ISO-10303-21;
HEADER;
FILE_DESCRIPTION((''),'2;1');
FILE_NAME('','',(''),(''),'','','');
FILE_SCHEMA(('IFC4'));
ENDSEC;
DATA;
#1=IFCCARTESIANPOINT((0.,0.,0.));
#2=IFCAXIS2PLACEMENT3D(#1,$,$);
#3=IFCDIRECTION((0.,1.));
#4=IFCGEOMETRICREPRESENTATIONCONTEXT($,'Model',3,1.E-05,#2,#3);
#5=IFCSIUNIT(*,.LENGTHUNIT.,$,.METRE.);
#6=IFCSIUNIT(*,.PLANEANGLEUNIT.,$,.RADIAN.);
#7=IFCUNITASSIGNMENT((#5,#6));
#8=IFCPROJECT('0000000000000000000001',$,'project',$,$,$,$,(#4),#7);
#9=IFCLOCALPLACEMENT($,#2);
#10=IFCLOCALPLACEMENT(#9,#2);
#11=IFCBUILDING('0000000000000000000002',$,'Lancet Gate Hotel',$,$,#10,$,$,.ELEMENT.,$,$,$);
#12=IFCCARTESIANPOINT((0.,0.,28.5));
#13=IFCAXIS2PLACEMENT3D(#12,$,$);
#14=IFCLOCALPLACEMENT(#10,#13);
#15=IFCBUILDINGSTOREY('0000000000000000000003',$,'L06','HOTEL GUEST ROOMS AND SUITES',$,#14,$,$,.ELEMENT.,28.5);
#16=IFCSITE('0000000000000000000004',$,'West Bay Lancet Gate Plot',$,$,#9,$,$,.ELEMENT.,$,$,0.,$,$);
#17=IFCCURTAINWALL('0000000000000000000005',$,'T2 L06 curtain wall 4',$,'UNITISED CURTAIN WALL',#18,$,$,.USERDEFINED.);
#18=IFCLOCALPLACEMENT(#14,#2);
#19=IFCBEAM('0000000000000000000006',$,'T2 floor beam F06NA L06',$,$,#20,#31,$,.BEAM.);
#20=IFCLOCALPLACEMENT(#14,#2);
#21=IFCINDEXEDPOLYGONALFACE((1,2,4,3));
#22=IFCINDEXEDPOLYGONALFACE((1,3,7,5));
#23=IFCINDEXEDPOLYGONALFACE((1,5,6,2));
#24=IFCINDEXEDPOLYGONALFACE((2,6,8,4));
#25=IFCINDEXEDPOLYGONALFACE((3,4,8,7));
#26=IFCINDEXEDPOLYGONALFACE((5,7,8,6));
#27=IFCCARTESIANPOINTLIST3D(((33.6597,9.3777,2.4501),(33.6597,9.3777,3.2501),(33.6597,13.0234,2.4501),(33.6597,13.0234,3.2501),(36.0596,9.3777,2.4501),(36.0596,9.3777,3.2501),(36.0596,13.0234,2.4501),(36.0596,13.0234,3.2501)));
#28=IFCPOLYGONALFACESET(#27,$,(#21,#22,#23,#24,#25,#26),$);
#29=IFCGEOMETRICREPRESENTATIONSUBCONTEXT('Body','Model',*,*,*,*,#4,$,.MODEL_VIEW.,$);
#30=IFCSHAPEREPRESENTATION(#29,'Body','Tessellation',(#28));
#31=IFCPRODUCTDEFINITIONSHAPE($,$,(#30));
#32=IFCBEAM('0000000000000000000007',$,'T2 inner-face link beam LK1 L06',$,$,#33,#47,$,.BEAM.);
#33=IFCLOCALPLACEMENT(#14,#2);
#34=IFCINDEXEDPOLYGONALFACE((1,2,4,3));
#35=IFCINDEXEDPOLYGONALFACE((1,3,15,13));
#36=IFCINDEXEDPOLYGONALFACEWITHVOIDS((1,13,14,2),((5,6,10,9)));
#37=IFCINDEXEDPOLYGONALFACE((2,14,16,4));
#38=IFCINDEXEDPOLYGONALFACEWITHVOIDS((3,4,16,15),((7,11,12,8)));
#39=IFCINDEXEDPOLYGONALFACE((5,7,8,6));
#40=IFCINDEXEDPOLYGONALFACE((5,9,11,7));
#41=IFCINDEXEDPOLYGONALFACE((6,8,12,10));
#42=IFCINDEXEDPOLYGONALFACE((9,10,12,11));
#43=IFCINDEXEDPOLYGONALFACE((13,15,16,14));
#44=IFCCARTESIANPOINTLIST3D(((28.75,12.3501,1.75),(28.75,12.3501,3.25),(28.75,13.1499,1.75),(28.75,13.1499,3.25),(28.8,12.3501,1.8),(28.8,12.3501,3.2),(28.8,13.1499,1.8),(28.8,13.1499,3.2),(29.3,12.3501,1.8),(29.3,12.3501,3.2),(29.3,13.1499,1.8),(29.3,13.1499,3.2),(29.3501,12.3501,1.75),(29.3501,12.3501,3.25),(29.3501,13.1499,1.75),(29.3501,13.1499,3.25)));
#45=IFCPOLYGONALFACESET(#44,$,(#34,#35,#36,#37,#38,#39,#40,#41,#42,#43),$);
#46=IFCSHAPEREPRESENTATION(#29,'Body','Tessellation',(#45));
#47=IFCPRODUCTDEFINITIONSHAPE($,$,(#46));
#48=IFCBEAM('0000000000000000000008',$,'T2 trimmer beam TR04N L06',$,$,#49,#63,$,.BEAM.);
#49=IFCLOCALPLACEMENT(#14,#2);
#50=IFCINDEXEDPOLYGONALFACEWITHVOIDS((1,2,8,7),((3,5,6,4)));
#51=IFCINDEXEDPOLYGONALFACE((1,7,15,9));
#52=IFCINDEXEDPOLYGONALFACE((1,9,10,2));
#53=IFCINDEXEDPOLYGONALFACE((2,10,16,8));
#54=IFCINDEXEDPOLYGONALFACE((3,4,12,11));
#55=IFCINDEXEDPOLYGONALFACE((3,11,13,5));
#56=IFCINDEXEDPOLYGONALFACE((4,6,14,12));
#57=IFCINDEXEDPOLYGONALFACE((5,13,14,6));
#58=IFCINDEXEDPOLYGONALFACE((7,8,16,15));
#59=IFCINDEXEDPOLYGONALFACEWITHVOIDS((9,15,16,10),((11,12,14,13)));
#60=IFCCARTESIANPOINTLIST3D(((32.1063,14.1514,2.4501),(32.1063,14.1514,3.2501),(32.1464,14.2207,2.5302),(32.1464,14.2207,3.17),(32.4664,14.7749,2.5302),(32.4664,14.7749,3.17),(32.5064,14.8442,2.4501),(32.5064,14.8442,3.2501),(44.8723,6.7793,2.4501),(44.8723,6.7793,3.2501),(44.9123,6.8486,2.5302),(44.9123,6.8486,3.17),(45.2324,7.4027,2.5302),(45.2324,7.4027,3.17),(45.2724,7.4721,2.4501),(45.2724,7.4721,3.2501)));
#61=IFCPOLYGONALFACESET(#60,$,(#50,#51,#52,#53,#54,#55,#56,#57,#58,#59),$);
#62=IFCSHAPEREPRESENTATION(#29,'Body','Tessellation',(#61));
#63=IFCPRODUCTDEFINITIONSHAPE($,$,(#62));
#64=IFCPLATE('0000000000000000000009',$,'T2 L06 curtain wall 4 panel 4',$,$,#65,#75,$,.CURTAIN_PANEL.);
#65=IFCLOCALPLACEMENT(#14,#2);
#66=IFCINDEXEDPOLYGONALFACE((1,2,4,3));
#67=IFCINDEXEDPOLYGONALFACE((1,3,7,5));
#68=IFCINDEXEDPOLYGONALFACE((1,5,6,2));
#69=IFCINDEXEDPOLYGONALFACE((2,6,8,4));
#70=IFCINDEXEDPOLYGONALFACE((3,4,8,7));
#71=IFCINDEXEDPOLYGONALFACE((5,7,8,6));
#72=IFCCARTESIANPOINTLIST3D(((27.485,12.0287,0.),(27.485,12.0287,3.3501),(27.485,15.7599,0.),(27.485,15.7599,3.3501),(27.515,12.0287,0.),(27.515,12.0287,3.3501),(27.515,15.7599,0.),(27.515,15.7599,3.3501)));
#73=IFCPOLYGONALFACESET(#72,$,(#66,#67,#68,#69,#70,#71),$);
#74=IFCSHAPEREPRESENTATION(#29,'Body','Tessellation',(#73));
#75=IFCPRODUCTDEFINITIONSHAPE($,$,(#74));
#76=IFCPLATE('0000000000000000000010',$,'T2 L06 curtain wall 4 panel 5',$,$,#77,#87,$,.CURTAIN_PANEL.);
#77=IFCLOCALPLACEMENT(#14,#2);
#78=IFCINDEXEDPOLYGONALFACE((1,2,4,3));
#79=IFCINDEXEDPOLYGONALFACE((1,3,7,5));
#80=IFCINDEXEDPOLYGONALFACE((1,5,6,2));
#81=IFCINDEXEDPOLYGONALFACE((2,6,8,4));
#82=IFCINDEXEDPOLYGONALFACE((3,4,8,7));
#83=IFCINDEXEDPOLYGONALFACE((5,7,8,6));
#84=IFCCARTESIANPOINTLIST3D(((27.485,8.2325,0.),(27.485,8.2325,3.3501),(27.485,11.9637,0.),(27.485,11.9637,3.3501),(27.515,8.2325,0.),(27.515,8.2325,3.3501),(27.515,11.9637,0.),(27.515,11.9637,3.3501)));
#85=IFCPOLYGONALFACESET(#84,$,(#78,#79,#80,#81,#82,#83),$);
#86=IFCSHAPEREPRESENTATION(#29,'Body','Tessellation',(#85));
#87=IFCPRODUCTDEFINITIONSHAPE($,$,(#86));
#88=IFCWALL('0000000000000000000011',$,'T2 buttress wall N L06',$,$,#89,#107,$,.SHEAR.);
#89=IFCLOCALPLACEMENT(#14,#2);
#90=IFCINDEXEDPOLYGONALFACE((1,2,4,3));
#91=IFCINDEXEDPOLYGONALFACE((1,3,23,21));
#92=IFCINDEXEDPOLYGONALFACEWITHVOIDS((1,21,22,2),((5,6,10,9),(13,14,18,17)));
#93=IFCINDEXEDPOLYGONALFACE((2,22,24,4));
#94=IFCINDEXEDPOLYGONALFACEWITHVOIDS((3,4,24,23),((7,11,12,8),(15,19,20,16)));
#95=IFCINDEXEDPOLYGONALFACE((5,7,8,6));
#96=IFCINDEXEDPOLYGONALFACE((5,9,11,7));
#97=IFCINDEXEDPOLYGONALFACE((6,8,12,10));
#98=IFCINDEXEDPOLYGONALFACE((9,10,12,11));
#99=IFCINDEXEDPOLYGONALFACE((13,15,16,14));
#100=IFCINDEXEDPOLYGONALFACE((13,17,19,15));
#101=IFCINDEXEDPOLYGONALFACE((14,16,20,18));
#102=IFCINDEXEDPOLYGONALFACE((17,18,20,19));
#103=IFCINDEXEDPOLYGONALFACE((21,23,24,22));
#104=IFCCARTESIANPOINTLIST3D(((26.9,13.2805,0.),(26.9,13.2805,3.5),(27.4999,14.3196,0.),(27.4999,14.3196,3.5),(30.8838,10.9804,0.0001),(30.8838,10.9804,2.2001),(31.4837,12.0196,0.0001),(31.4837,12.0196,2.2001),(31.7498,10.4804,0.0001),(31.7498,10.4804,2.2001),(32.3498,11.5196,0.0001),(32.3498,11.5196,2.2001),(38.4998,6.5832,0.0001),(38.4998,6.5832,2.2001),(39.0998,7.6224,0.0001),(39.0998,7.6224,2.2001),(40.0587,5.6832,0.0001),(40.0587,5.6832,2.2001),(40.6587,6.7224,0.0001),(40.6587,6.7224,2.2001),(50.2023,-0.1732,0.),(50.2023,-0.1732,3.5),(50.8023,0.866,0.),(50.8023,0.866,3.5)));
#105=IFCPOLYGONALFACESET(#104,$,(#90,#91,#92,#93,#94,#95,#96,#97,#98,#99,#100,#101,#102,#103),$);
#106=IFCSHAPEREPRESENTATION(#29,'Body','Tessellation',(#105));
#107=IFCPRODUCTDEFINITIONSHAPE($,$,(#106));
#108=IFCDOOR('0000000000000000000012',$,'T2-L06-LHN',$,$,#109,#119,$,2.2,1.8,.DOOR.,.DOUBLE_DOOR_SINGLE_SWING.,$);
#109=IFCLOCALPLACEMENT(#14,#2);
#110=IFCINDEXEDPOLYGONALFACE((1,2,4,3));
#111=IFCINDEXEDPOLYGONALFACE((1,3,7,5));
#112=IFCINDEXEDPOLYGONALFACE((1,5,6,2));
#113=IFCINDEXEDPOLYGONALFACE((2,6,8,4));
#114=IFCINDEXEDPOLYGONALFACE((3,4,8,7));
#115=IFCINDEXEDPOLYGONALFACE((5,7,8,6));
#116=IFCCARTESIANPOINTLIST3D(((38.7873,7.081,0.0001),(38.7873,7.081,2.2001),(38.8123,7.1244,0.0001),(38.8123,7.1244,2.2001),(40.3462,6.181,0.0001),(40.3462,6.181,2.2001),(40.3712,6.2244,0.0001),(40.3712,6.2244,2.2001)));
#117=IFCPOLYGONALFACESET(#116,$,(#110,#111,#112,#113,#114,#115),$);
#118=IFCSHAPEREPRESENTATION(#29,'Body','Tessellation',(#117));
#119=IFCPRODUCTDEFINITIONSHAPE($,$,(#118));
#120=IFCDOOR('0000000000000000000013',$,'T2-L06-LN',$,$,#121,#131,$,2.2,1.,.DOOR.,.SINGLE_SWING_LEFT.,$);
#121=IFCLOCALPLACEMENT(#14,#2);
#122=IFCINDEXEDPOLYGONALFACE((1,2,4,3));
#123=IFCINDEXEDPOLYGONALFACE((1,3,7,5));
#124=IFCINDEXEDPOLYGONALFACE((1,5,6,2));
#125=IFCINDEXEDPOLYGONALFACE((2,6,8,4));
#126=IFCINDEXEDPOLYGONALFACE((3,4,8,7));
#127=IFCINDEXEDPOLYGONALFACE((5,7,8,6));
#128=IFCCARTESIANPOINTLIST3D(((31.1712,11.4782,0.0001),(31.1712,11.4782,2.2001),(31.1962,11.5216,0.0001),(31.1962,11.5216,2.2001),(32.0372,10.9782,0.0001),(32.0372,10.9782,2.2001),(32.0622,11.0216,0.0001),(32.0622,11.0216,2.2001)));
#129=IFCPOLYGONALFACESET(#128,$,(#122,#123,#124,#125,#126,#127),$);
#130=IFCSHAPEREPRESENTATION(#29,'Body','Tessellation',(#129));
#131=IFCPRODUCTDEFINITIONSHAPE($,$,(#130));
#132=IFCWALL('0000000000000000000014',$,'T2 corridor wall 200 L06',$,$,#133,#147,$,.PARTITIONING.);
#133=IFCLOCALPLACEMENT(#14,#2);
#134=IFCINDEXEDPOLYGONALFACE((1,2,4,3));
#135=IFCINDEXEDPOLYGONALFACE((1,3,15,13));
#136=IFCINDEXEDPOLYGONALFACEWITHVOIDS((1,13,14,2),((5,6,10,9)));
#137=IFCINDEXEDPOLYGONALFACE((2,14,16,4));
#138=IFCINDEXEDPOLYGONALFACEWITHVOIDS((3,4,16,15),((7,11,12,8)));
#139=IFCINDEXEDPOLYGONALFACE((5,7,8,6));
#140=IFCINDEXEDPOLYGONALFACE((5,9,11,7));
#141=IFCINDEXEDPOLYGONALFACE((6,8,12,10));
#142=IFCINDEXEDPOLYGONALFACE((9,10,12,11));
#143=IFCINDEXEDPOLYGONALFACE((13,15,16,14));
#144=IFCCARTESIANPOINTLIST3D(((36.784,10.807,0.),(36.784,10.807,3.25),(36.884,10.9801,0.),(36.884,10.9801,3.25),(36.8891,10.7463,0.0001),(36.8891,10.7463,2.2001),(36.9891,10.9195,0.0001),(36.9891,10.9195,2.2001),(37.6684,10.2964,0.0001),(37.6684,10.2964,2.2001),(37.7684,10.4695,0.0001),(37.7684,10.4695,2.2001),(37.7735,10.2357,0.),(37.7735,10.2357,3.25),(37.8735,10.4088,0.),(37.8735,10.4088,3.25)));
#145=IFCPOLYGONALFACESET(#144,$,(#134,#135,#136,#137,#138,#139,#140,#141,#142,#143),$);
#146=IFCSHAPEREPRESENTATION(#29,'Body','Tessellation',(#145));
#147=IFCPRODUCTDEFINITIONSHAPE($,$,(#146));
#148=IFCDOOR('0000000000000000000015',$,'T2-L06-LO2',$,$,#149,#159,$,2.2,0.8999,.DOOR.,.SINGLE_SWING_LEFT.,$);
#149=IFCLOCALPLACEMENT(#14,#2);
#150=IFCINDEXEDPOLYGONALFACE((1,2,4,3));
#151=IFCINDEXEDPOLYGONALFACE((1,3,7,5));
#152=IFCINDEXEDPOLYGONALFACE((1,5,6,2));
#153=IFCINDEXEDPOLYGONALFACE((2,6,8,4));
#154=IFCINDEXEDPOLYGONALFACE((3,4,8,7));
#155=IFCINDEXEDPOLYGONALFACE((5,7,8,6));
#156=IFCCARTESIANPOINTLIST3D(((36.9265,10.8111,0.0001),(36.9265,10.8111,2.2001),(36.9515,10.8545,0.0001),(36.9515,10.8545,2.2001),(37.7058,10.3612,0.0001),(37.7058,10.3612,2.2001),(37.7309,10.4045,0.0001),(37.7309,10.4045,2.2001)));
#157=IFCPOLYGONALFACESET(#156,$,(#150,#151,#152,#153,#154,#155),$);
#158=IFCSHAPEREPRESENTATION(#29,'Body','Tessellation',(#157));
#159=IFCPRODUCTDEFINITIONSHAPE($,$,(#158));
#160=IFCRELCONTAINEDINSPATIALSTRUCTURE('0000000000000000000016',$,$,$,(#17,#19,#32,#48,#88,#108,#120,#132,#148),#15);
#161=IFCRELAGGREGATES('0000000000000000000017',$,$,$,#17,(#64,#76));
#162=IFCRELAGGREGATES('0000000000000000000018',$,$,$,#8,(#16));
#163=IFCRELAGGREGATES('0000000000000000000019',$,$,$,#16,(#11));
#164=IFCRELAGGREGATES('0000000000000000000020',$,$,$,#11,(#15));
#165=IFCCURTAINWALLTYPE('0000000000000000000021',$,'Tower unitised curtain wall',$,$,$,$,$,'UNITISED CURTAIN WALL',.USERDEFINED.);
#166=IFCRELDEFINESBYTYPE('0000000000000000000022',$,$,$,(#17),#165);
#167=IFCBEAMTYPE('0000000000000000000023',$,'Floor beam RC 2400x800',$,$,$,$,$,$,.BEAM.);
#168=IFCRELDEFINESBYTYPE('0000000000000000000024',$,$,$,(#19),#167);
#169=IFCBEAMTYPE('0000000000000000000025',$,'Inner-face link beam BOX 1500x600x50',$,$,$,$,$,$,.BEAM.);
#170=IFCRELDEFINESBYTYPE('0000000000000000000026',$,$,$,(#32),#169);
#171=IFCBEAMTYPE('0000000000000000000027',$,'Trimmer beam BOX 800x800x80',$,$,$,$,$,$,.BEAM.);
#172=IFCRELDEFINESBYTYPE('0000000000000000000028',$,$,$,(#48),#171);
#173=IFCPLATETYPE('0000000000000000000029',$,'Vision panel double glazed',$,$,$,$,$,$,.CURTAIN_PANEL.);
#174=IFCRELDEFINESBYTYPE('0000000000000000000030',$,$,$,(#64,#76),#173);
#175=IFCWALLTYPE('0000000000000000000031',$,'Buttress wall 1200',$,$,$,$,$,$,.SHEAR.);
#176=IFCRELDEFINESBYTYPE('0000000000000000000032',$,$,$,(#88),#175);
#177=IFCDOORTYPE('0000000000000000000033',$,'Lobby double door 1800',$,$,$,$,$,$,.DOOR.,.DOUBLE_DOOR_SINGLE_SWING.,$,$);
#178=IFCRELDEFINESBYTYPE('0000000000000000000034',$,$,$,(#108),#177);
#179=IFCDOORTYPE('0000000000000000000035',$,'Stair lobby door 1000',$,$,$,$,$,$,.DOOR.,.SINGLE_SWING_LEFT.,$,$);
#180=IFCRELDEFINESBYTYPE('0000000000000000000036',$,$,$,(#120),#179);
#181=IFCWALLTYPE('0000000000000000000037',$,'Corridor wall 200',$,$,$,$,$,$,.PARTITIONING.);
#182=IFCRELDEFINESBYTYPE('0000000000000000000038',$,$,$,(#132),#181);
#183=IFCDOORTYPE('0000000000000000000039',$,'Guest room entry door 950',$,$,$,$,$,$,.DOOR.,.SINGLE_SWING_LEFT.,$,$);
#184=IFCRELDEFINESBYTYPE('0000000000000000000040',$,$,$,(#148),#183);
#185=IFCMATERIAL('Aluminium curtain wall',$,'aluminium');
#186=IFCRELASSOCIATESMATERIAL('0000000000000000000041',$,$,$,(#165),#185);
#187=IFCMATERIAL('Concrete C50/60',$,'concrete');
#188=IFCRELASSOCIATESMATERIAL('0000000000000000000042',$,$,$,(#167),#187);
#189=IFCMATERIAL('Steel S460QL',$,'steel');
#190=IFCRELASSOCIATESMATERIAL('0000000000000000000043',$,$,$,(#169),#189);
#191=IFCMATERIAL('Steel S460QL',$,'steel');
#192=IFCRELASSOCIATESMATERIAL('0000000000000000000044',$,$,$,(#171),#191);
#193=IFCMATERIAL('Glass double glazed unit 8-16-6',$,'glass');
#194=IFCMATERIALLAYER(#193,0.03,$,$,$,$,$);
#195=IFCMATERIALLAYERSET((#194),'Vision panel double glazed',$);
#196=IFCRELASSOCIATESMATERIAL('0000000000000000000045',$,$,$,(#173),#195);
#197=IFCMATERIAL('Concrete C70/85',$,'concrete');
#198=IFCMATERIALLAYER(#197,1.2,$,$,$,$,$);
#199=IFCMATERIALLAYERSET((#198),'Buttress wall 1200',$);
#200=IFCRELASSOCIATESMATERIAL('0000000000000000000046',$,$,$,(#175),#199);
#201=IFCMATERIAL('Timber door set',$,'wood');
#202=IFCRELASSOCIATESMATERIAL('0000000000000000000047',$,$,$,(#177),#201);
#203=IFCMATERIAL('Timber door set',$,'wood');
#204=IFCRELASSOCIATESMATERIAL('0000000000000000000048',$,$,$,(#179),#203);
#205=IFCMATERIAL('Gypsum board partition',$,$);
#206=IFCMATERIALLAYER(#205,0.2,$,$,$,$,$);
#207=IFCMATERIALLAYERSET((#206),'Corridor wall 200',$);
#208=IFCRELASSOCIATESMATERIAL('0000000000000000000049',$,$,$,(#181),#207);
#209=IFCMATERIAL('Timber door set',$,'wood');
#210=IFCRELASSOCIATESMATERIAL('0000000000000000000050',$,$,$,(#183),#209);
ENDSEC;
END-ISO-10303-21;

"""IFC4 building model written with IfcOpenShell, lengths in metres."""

from ifc_helpers import new_model, si_unit, direction, frame, frame_2d, origin, origin_2d, place, context, subcontext, project, spatial, rectangle, hollow_rectangle, extrude, material, layer, layer_set, material_profile, profile_set, type_object, element, fill, aggregate, save


model = new_model("IFC4")

# Units and contexts
model_context = context("Model", 3, precision=1e-05, world=origin(), true_north=direction((0.0, 1.0)))
body_context = subcontext(model_context, "Body", "Model", "MODEL_VIEW")
ifc_project = project(units=[si_unit("LENGTHUNIT", "METRE"), si_unit("PLANEANGLEUNIT", "RADIAN")], contexts=[model_context])

# Site, building, storey
site_placement = place(None, origin())
site = spatial("IfcSite", under=ifc_project, at=site_placement, Name="West Bay Lancet Gate Plot", CompositionType="ELEMENT", RefElevation=0.0)
building_placement = place(site_placement, origin())
building = spatial("IfcBuilding", under=site, at=building_placement, Name="Lancet Gate Hotel", CompositionType="ELEMENT")
storey_placement = place(building_placement, frame((0.0, 0.0, 28.5)))
storey = spatial("IfcBuildingStorey", under=building, at=storey_placement, Name="L06", Description="HOTEL GUEST ROOMS AND SUITES", CompositionType="ELEMENT", Elevation=28.5)

# Curtain wall
ifc_material_1 = material(Name="Aluminium curtain wall", Category="aluminium")
curtain_wall_type = type_object("IfcCurtainWallType", Name="Tower unitised curtain wall", ElementType="UNITISED CURTAIN WALL", PredefinedType="USERDEFINED", material=ifc_material_1)
curtain_wall_placement = place(storey_placement, origin())
curtain_wall = element("IfcCurtainWall", 1, at=curtain_wall_placement, inside=storey, type_object=curtain_wall_type, Name="T2 L06 curtain wall 4", ObjectType="UNITISED CURTAIN WALL", PredefinedType="USERDEFINED")

# Beams
ifc_material_2 = material(Name="Concrete C50/60", Category="concrete")
ifc_material_profile_1 = material_profile(ifc_material_2, rectangle(XDim=2.3999, YDim=0.8, at=origin_2d()), Name="RC 2400x800")
ifc_profile_set_1 = profile_set([ifc_material_profile_1], Name="Concrete C50/60")
beam_type_1 = type_object("IfcBeamType", Name="Floor beam RC 2400x800", PredefinedType="BEAM", material=ifc_profile_set_1)
beam_1_placement = place(storey_placement, frame((34.8596, 9.3777, 2.8501), z_axis=(0.0, 1.0, 0.0), x_axis=(-1.0, 0.0, 0.0)))
element("IfcBeam", 2, at=beam_1_placement, inside=storey, type_object=beam_type_1, Name="T2 floor beam F06NA L06", PredefinedType="BEAM", context=body_context, shape_type="SweptSolid", body=[
    extrude(rectangle(XDim=2.3999, YDim=0.8, at=origin_2d()), origin(), (0.0, 0.0, 1.0), 3.6458),
])
ifc_material_3 = material(Name="Steel S460QL", Category="steel")
ifc_material_profile_2 = material_profile(ifc_material_3, hollow_rectangle(XDim=0.6001, YDim=1.5, WallThickness=0.05, at=origin_2d()), Name="BOX 1500x600x50")
ifc_profile_set_2 = profile_set([ifc_material_profile_2], Name="Steel S460QL")
beam_type_2 = type_object("IfcBeamType", Name="Inner-face link beam BOX 1500x600x50", PredefinedType="BEAM", material=ifc_profile_set_2)
beam_2_placement = place(storey_placement, frame((29.05, 12.3501, 2.5), z_axis=(0.0, 1.0, 0.0), x_axis=(-1.0, 0.0, 0.0)))
element("IfcBeam", 3, at=beam_2_placement, inside=storey, type_object=beam_type_2, Name="T2 inner-face link beam LK1 L06", PredefinedType="BEAM", context=body_context, shape_type="SweptSolid", body=[
    extrude(hollow_rectangle(XDim=0.6001, YDim=1.5, WallThickness=0.05, at=origin_2d()), origin(), (0.0, 0.0, 1.0), 0.7998),
])
ifc_material_4 = material(Name="Steel S460QL", Category="steel")
ifc_material_profile_3 = material_profile(ifc_material_4, hollow_rectangle(XDim=0.8, YDim=0.8, WallThickness=0.0801, at=origin_2d()), Name="BOX 800x800x80")
ifc_profile_set_3 = profile_set([ifc_material_profile_3], Name="Steel S460QL")
beam_type_3 = type_object("IfcBeamType", Name="Trimmer beam BOX 800x800x80", PredefinedType="BEAM", material=ifc_profile_set_3)
beam_3_placement = place(storey_placement, frame((32.3064, 14.4978, 2.8501), z_axis=(0.865976, -0.500086, 0.0), x_axis=(0.500086, 0.865976, 0.0)))
element("IfcBeam", 4, at=beam_3_placement, inside=storey, type_object=beam_type_3, Name="T2 trimmer beam TR04N L06", PredefinedType="BEAM", context=body_context, shape_type="SweptSolid", body=[
    extrude(hollow_rectangle(XDim=0.8, YDim=0.8, WallThickness=0.0801, at=origin_2d()), origin(), (0.0, 0.0, 1.0), 14.7417),
])

# Plates
ifc_material_5 = material(Name="Glass double glazed unit 8-16-6", Category="glass")
ifc_layer_1 = layer(ifc_material_5, 0.03)
ifc_layer_set_1 = layer_set([ifc_layer_1], Name="Vision panel double glazed")
plate_type = type_object("IfcPlateType", Name="Vision panel double glazed", PredefinedType="CURTAIN_PANEL", material=ifc_layer_set_1)
plate_1_placement = place(storey_placement, frame((27.5, 13.8943, 0.0), z_axis=(0.0, 0.0, 1.0), x_axis=(0.0, -1.0, 0.0)))
plate_1 = element("IfcPlate", 5, at=plate_1_placement, type_object=plate_type, Name="T2 L06 curtain wall 4 panel 4", PredefinedType="CURTAIN_PANEL", context=body_context, shape_type="SweptSolid", body=[
    extrude(rectangle(XDim=3.7312, YDim=0.03, at=origin_2d()), origin(), (0.0, 0.0, 1.0), 3.3501),
])
plate_2_placement = place(storey_placement, frame((27.5, 10.0981, 0.0), z_axis=(0.0, 0.0, 1.0), x_axis=(0.0, -1.0, 0.0)))
plate_2 = element("IfcPlate", 6, at=plate_2_placement, type_object=plate_type, Name="T2 L06 curtain wall 4 panel 5", PredefinedType="CURTAIN_PANEL", context=body_context, shape_type="SweptSolid", body=[
    extrude(rectangle(XDim=3.7312, YDim=0.03, at=origin_2d()), origin(), (0.0, 0.0, 1.0), 3.3501),
])
aggregate(curtain_wall, [plate_1, plate_2])

# Wall, openings, doors
ifc_material_6 = material(Name="Concrete C70/85", Category="concrete")
ifc_layer_2 = layer(ifc_material_6, 1.2)
ifc_layer_set_2 = layer_set([ifc_layer_2], Name="Buttress wall 1200")
wall_type_1 = type_object("IfcWallType", Name="Buttress wall 1200", PredefinedType="SHEAR", material=ifc_layer_set_2)
wall_1_placement = place(storey_placement, frame((27.2, 13.8, 0.0), z_axis=(0.0, 0.0, 1.0), x_axis=(0.866025, -0.500002, 0.0)))
wall_1 = element("IfcWall", 7, at=wall_1_placement, inside=storey, type_object=wall_type_1, Name="T2 buttress wall N L06", PredefinedType="SHEAR", context=body_context, shape_type="SweptSolid", body=[
    extrude(rectangle(XDim=26.9072, YDim=1.2, at=frame_2d((13.4536, 0.0))), origin(), (0.0, 0.0, 1.0), 3.5),
])
opening_1_placement = place(wall_1_placement, frame((4.6001, 0.0, 0.0)))
opening_1 = element("IfcOpeningElement", 8, at=opening_1_placement, cuts=wall_1, PredefinedType="OPENING", context=body_context, shape_type="SweptSolid", body=[
    extrude(rectangle(XDim=1.0, YDim=2.2, at=frame_2d((0.5, 1.1001))), frame((0.0, 0.6099, 0.0), z_axis=(0.0, -1.0, 0.0), x_axis=(1.0, 0.0, 0.0)), (0.0, 0.0, 1.0), 1.22),
])
opening_2_placement = place(wall_1_placement, frame((13.3945, 0.0, 0.0)))
opening_2 = element("IfcOpeningElement", 9, at=opening_2_placement, cuts=wall_1, PredefinedType="OPENING", context=body_context, shape_type="SweptSolid", body=[
    extrude(rectangle(XDim=1.8, YDim=2.2, at=frame_2d((0.8999, 1.1001))), frame((0.0, 0.6099, 0.0), z_axis=(0.0, -1.0, 0.0), x_axis=(1.0, 0.0, 0.0)), (0.0, 0.0, 1.0), 1.22),
])
ifc_material_7 = material(Name="Timber door set", Category="wood")
door_type_1 = type_object("IfcDoorType", Name="Lobby double door 1800", OperationType="DOUBLE_DOOR_SINGLE_SWING", PredefinedType="DOOR", material=ifc_material_7)
door_1_placement = place(opening_2_placement, origin())
door_1 = element("IfcDoor", 10, at=door_1_placement, inside=storey, type_object=door_type_1, Name="T2-L06-LHN", OperationType="DOUBLE_DOOR_SINGLE_SWING", OverallHeight=2.2, OverallWidth=1.8, PredefinedType="DOOR", context=body_context, shape_type="SweptSolid", body=[
    extrude(rectangle(XDim=1.8, YDim=2.2, at=frame_2d((0.8999, 1.1001))), frame((0.0, 0.0249, 0.0), z_axis=(0.0, -1.0, 0.0), x_axis=(1.0, 0.0, 0.0)), (0.0, 0.0, 1.0), 0.05),
])
fill(opening_2, door_1)
ifc_material_8 = material(Name="Timber door set", Category="wood")
door_type_2 = type_object("IfcDoorType", Name="Stair lobby door 1000", OperationType="SINGLE_SWING_LEFT", PredefinedType="DOOR", material=ifc_material_8)
door_2_placement = place(opening_1_placement, origin())
door_2 = element("IfcDoor", 11, at=door_2_placement, inside=storey, type_object=door_type_2, Name="T2-L06-LN", OperationType="SINGLE_SWING_LEFT", OverallHeight=2.2, OverallWidth=1.0, PredefinedType="DOOR", context=body_context, shape_type="SweptSolid", body=[
    extrude(rectangle(XDim=1.0, YDim=2.2, at=frame_2d((0.5, 1.1001))), frame((0.0, 0.0249, 0.0), z_axis=(0.0, -1.0, 0.0), x_axis=(1.0, 0.0, 0.0)), (0.0, 0.0, 1.0), 0.05),
])
fill(opening_1, door_2)

# Wall, opening, door
ifc_material_9 = material(Name="Gypsum board partition")
ifc_layer_3 = layer(ifc_material_9, 0.2)
ifc_layer_set_3 = layer_set([ifc_layer_3], Name="Corridor wall 200")
wall_type_2 = type_object("IfcWallType", Name="Corridor wall 200", PredefinedType="PARTITIONING", material=ifc_layer_set_3)
wall_2_placement = place(storey_placement, frame((36.834, 10.8936, 0.0), z_axis=(0.0, 0.0, 1.0), x_axis=(0.866025, -0.5, 0.0)))
wall_2 = element("IfcWall", 12, at=wall_2_placement, inside=storey, type_object=wall_type_2, Name="T2 corridor wall 200 L06", PredefinedType="PARTITIONING", context=body_context, shape_type="SweptSolid", body=[
    extrude(rectangle(XDim=1.1426, YDim=0.2, at=frame_2d((0.5713, 0.0))), origin(), (0.0, 0.0, 1.0), 3.25),
])
opening_3_placement = place(wall_2_placement, frame((0.1213, 0.0, 0.0)))
opening_3 = element("IfcOpeningElement", 13, at=opening_3_placement, cuts=wall_2, PredefinedType="OPENING", context=body_context, shape_type="SweptSolid", body=[
    extrude(rectangle(XDim=0.8999, YDim=2.2, at=frame_2d((0.45, 1.1001))), frame((0.0, 0.1099, 0.0), z_axis=(0.0, -1.0, 0.0), x_axis=(1.0, 0.0, 0.0)), (0.0, 0.0, 1.0), 0.22),
])
ifc_material_10 = material(Name="Timber door set", Category="wood")
door_type_3 = type_object("IfcDoorType", Name="Guest room entry door 950", OperationType="SINGLE_SWING_LEFT", PredefinedType="DOOR", material=ifc_material_10)
door_3_placement = place(opening_3_placement, origin())
door_3 = element("IfcDoor", 14, at=door_3_placement, inside=storey, type_object=door_type_3, Name="T2-L06-LO2", OperationType="SINGLE_SWING_LEFT", OverallHeight=2.2, OverallWidth=0.8999, PredefinedType="DOOR", context=body_context, shape_type="SweptSolid", body=[
    extrude(rectangle(XDim=0.8999, YDim=2.2, at=frame_2d((0.45, 1.1001))), frame((0.0, 0.0249, 0.0), z_axis=(0.0, -1.0, 0.0), x_axis=(1.0, 0.0, 0.0)), (0.0, 0.0, 1.0), 0.05),
])
fill(opening_3, door_3)

save(model, "model.ifc")
